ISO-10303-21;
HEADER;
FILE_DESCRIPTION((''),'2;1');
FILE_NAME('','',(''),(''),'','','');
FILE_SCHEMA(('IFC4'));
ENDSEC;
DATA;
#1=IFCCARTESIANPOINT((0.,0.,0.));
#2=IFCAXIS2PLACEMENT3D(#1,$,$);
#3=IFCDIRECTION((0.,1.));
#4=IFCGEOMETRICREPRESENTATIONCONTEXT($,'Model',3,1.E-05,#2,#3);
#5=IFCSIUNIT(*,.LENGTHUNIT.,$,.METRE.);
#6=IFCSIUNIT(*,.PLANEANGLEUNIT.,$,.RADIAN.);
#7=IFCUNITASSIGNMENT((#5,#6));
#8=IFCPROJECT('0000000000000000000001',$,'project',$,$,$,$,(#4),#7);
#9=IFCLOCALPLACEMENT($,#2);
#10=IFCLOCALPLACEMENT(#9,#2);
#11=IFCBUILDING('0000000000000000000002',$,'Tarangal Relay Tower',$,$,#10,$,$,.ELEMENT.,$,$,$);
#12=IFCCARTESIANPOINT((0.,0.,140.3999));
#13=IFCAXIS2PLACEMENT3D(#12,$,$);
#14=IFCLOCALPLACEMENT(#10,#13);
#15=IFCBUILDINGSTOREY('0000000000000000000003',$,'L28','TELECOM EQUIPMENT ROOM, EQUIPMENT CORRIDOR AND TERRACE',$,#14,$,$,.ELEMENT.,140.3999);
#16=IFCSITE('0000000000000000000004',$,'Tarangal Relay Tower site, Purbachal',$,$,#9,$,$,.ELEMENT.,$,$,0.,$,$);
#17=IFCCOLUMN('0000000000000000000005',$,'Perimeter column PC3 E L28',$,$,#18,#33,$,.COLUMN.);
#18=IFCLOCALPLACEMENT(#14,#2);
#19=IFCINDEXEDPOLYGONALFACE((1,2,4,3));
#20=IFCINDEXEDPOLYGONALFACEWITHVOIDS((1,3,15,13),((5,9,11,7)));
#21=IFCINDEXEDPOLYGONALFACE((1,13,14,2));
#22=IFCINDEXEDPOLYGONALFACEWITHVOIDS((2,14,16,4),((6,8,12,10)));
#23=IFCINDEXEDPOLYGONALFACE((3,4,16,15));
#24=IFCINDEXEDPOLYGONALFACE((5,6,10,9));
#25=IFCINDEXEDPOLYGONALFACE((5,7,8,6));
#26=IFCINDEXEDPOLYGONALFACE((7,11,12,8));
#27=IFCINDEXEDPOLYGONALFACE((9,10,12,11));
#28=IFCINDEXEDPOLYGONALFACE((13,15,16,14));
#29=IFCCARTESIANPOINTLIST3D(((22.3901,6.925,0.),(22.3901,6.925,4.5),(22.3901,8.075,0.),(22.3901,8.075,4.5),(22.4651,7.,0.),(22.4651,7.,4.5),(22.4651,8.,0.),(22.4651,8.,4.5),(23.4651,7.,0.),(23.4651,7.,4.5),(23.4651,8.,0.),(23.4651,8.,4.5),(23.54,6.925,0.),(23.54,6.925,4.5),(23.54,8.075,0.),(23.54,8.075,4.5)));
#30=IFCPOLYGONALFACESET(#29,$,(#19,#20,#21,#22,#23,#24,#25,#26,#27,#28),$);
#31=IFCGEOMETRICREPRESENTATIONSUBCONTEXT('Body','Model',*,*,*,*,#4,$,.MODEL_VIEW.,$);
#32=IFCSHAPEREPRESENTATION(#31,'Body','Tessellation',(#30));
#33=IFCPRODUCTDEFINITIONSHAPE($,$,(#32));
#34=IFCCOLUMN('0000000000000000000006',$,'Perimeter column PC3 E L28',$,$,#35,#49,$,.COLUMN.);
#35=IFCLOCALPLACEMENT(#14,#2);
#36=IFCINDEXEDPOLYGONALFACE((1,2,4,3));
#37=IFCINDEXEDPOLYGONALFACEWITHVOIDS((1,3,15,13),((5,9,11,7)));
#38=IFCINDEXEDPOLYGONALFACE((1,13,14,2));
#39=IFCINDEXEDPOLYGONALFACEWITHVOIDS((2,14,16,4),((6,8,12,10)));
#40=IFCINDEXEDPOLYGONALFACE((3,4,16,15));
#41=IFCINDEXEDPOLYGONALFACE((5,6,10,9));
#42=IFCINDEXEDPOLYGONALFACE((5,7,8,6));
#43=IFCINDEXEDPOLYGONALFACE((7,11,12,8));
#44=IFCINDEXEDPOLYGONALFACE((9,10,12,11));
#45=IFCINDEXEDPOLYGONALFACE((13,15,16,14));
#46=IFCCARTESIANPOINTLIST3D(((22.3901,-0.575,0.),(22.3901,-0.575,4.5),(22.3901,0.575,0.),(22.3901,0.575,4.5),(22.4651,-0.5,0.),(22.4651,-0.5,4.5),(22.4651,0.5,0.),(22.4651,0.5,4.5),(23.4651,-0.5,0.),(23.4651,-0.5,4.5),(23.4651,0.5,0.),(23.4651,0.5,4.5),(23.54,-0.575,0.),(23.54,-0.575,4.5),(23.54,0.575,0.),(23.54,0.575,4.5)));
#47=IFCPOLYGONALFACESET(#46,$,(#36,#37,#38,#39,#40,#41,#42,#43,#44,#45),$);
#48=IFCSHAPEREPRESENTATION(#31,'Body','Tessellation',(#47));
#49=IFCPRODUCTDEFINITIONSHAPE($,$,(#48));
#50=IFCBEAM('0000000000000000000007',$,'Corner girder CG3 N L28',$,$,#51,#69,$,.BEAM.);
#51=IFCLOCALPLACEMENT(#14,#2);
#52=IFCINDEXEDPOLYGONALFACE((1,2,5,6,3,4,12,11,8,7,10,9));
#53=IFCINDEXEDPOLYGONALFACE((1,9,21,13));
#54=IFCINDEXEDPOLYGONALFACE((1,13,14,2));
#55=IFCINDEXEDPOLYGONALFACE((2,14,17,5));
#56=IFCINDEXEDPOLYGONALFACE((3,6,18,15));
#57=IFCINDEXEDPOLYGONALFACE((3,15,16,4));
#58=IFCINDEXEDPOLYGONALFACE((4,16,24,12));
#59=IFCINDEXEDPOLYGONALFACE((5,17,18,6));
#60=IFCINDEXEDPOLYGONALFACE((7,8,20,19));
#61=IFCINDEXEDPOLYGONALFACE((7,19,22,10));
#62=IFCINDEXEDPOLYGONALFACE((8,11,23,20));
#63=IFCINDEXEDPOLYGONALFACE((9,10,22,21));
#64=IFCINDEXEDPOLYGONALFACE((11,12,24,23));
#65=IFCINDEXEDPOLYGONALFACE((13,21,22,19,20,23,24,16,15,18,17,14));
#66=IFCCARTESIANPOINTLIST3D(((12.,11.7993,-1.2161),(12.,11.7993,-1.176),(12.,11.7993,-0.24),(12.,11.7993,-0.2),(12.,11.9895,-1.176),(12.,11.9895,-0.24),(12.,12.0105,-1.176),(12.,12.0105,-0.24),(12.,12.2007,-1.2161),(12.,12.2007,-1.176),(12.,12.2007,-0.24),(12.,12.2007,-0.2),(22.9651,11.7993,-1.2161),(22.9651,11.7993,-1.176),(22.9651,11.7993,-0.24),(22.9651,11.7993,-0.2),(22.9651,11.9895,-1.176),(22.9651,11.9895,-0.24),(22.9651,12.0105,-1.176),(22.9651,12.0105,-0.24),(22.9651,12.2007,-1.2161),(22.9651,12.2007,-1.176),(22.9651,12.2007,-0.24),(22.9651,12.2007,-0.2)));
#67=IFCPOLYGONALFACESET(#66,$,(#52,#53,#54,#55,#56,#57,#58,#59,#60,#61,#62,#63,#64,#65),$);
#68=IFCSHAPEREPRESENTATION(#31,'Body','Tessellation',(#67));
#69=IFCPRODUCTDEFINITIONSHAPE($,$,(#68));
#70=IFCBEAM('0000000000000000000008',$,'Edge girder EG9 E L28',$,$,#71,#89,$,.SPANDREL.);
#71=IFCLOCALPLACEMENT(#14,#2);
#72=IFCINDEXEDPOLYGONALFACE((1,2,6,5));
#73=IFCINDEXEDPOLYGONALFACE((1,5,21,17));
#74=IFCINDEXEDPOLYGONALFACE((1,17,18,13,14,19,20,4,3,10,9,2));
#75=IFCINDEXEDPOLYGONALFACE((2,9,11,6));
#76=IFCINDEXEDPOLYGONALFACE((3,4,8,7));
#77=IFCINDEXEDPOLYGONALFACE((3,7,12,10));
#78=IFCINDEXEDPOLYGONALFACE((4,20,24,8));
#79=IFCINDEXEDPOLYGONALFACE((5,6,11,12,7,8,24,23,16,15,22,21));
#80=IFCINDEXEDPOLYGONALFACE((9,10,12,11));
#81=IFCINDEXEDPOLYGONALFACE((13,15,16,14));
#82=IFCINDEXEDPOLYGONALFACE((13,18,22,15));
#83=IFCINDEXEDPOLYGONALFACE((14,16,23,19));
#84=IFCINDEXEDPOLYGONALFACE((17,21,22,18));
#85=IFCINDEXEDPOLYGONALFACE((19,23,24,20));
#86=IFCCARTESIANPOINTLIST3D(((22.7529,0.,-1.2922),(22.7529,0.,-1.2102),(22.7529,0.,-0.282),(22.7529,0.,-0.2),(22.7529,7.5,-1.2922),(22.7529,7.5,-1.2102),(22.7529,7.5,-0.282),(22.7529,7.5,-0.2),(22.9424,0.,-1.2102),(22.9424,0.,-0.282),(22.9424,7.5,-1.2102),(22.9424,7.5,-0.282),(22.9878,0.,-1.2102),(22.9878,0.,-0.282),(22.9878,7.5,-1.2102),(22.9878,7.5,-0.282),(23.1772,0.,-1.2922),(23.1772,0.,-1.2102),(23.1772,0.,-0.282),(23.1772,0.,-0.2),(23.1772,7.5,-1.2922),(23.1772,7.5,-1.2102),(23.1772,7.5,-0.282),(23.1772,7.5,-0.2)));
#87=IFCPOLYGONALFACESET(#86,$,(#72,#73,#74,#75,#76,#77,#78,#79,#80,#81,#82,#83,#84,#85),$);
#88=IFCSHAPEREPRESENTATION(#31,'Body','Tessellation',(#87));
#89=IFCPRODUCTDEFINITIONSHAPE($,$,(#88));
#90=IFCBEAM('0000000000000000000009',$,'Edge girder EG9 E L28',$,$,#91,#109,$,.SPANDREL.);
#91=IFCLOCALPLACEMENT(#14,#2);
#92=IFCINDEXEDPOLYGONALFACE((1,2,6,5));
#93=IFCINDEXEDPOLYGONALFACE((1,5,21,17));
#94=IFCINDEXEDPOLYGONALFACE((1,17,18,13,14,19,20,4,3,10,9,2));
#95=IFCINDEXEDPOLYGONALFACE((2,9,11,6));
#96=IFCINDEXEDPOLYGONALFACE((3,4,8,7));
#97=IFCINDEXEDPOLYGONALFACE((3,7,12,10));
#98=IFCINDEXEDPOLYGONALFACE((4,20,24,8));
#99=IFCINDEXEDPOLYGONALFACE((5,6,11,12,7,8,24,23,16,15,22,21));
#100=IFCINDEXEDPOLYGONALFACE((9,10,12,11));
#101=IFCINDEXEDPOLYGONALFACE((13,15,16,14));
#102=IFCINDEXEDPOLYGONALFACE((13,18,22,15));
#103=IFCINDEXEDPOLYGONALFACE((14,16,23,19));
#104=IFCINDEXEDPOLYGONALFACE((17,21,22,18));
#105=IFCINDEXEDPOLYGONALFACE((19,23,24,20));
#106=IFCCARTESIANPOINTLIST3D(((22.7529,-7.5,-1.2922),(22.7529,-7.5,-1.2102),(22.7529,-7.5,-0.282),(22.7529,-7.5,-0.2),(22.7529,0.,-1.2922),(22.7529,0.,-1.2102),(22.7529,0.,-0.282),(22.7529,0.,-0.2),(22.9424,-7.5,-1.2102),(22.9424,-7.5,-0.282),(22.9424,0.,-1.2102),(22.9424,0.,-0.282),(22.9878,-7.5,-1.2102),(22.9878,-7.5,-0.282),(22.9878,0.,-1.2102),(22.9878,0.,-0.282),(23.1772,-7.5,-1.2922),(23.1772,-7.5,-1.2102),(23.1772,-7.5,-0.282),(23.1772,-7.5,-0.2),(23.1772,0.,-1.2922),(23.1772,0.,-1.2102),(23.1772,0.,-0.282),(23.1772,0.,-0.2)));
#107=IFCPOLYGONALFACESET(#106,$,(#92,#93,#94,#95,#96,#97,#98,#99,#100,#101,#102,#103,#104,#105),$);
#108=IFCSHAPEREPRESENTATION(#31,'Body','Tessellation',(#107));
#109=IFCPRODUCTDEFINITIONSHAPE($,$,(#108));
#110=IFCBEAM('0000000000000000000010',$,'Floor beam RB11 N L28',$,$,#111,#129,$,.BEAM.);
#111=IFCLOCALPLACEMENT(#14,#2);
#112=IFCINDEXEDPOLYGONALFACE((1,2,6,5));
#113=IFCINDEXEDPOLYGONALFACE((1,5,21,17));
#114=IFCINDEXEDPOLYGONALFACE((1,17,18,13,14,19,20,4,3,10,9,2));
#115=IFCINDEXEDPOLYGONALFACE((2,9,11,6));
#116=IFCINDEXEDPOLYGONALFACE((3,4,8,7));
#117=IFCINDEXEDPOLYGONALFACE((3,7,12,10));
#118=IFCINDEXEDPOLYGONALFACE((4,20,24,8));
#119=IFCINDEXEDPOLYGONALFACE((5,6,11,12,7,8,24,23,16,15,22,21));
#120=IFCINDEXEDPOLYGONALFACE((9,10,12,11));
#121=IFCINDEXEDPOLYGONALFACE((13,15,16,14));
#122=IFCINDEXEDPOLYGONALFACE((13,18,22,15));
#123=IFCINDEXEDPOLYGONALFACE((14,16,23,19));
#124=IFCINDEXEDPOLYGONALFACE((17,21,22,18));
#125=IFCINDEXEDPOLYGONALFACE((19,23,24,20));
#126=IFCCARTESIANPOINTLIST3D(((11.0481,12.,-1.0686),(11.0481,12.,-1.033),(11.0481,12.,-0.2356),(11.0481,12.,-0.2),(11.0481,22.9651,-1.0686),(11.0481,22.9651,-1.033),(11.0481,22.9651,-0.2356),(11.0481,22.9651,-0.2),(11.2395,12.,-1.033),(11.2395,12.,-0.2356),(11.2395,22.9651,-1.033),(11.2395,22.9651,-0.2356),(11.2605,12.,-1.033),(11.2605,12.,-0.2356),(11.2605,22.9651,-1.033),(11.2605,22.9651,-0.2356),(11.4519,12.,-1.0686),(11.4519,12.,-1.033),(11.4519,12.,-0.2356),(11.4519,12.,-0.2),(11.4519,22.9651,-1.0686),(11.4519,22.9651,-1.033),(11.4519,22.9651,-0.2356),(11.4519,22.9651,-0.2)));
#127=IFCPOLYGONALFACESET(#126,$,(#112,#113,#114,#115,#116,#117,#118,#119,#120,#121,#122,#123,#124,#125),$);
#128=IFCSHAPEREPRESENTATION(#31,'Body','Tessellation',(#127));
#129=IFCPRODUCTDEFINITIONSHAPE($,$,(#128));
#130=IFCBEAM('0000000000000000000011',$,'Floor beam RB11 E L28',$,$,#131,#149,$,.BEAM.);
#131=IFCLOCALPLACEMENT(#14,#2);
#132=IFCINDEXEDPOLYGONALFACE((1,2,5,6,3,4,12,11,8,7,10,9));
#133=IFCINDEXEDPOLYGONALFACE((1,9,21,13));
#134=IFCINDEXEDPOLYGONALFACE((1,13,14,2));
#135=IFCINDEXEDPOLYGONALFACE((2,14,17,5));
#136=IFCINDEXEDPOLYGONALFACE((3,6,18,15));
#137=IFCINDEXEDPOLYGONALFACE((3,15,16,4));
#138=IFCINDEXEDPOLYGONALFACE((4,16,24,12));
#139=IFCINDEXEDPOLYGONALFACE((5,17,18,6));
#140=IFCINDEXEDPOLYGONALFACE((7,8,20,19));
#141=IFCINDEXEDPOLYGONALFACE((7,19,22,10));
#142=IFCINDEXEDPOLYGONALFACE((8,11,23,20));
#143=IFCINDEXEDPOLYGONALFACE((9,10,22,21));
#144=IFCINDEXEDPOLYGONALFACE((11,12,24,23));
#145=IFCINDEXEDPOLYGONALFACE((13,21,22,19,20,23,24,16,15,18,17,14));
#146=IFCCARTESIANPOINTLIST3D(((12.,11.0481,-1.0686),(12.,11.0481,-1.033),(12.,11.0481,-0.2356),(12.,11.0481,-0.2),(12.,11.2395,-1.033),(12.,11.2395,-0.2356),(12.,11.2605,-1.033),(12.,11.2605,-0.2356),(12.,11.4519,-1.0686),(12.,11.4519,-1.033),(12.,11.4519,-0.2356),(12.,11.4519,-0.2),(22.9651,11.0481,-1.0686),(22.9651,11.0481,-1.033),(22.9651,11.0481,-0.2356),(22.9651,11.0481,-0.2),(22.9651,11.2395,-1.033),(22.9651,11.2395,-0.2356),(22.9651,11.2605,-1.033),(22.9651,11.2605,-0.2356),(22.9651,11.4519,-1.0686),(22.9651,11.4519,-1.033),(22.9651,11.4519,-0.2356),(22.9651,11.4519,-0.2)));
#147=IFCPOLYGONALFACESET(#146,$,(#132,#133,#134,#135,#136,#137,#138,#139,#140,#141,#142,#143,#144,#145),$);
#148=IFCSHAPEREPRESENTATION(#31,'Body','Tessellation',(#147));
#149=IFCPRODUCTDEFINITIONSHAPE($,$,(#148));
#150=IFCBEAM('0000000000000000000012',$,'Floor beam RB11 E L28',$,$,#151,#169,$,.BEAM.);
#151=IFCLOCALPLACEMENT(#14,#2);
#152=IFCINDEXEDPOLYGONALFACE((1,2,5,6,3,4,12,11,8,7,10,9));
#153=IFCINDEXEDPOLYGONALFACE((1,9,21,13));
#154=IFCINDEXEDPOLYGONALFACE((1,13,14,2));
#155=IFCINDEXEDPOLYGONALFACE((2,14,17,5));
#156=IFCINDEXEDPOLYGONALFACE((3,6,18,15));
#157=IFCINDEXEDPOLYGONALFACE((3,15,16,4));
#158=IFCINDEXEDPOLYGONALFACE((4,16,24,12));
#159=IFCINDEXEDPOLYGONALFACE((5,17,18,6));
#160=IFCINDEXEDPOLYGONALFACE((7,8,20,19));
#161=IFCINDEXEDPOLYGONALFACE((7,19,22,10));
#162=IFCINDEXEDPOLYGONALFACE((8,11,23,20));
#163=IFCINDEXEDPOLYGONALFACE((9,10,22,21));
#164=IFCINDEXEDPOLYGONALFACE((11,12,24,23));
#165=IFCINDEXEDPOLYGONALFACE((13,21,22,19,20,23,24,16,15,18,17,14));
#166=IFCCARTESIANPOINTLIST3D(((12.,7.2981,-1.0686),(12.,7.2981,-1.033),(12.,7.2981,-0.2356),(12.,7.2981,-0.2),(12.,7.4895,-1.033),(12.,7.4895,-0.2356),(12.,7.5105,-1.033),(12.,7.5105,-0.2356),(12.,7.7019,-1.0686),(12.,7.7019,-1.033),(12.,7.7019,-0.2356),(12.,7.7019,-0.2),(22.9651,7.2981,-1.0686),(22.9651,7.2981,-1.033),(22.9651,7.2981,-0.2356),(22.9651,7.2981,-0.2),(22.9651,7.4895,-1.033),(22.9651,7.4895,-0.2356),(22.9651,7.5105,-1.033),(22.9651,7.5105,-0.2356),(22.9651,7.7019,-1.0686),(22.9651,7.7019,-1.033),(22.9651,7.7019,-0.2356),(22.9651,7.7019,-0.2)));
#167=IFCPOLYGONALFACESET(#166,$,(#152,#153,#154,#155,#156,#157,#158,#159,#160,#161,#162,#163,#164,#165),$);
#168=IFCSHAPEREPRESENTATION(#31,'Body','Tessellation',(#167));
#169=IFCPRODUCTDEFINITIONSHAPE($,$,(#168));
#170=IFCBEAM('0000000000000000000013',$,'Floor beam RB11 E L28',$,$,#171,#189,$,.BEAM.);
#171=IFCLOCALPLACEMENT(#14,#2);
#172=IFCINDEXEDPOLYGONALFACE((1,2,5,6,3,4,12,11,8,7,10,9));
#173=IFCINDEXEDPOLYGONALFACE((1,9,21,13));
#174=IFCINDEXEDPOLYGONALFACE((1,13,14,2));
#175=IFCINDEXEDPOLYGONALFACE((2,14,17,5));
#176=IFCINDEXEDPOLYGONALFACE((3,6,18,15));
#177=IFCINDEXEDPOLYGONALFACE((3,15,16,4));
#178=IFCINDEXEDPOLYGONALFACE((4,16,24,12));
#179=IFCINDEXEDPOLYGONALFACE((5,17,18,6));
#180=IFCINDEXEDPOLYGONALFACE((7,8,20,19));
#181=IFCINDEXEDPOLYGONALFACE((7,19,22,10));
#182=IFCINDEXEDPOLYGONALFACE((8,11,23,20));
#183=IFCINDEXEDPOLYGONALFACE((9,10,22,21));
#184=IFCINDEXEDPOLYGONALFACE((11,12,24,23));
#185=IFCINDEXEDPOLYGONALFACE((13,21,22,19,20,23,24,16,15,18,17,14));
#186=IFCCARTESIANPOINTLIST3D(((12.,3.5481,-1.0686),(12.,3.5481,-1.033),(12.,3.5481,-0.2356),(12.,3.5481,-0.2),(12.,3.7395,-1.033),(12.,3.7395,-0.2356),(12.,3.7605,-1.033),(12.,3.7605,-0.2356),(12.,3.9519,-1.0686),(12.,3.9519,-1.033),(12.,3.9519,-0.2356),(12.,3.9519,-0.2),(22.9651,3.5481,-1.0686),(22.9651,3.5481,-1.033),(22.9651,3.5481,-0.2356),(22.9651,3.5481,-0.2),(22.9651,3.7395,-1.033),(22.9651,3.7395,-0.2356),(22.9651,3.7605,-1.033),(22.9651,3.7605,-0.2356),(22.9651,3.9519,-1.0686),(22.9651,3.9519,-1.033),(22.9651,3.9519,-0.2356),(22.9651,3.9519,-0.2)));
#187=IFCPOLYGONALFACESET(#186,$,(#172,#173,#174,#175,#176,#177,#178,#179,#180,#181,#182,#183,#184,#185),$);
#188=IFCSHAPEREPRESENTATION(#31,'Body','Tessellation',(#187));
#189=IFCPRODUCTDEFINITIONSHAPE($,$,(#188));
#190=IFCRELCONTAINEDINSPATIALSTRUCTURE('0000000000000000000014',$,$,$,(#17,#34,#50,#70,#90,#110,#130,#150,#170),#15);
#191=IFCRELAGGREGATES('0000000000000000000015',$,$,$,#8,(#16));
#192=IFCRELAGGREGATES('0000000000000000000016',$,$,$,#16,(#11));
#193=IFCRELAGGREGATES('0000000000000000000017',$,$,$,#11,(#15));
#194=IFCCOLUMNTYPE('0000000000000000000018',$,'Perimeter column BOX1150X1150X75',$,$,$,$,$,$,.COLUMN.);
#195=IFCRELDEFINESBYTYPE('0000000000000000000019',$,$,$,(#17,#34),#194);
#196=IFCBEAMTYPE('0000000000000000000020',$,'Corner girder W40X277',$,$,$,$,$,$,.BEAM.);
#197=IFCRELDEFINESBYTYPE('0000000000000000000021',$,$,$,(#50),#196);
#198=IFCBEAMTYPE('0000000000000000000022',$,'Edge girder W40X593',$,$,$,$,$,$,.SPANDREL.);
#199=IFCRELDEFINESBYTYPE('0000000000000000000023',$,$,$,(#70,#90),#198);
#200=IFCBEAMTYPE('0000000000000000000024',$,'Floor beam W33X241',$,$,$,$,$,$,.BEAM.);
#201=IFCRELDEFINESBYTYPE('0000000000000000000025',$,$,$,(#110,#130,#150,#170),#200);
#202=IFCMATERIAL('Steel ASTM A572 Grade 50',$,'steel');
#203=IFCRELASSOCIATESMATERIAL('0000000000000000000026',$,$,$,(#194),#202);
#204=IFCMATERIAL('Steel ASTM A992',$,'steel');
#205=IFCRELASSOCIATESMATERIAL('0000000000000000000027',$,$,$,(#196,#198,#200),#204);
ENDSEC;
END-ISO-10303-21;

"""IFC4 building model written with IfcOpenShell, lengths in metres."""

from ifc_helpers import new_model, si_unit, direction, frame, origin, origin_2d, place, context, subcontext, project, spatial, hollow_rectangle, i_section, extrude, material, material_profile, profile_set, type_object, element, save


model = new_model("IFC4")

# Units and contexts
model_context = context("Model", 3, precision=1e-05, world=origin(), true_north=direction((0.0, 1.0)))
body_context = subcontext(model_context, "Body", "Model", "MODEL_VIEW")
ifc_project = project(units=[si_unit("LENGTHUNIT", "METRE"), si_unit("PLANEANGLEUNIT", "RADIAN")], contexts=[model_context])

# Site, building, storey
site_placement = place(None, origin())
site = spatial("IfcSite", under=ifc_project, at=site_placement, Name="Tarangal Relay Tower site, Purbachal", CompositionType="ELEMENT", RefElevation=0.0)
building_placement = place(site_placement, origin())
building = spatial("IfcBuilding", under=site, at=building_placement, Name="Tarangal Relay Tower", CompositionType="ELEMENT")
storey_placement = place(building_placement, frame((0.0, 0.0, 140.3999)))
storey = spatial("IfcBuildingStorey", under=building, at=storey_placement, Name="L28", Description="TELECOM EQUIPMENT ROOM, EQUIPMENT CORRIDOR AND TERRACE", CompositionType="ELEMENT", Elevation=140.3999)

# Columns
ifc_material_1 = material(Name="Steel ASTM A572 Grade 50", Category="steel")
ifc_material_profile_1 = material_profile(ifc_material_1, hollow_rectangle(XDim=1.1499, YDim=1.1499, WallThickness=0.075, at=origin_2d()), Name="BOX1150X1150X75")
ifc_profile_set_1 = profile_set([ifc_material_profile_1], Name="Steel ASTM A572 Grade 50")
column_type = type_object("IfcColumnType", Name="Perimeter column BOX1150X1150X75", PredefinedType="COLUMN", material=ifc_profile_set_1)
for number, where, z_axis, x_axis, name in (
    (1, (22.9651, 7.5, 0.0), (0.0, 0.0, 1.0), (1.0, 0.0, 0.0), "Perimeter column PC3 E L28"),
    (2, (22.9651, 0.0, 0.0), (0.0, 0.0, 1.0), (1.0, 0.0, 0.0), "Perimeter column PC3 E L28"),
):
    element("IfcColumn", number, at=place(storey_placement, frame(where, z_axis=z_axis, x_axis=x_axis)), inside=storey, type_object=column_type, Name=name, PredefinedType="COLUMN", context=body_context, shape_type="SweptSolid", body=[
        extrude(hollow_rectangle(XDim=1.1499, YDim=1.1499, WallThickness=0.075, at=origin_2d()), origin(), (0.0, 0.0, 1.0), 4.5),
    ])

# Beams
ifc_material_2 = material(Name="Steel ASTM A992", Category="steel")
ifc_material_profile_2 = material_profile(ifc_material_2, i_section(OverallWidth=0.4014, OverallDepth=1.0161, WebThickness=0.021, FlangeThickness=0.04, at=origin_2d()), Name="W40X277")
ifc_profile_set_2 = profile_set([ifc_material_profile_2], Name="Steel ASTM A992")
beam_type_1 = type_object("IfcBeamType", Name="Corner girder W40X277", PredefinedType="BEAM", material=ifc_profile_set_2)
beam_placement = place(storey_placement, frame((12.0, 12.0, -0.708), z_axis=(1.0, 0.0, 0.0), x_axis=(0.0, 1.0, 0.0)))
element("IfcBeam", 3, at=beam_placement, inside=storey, type_object=beam_type_1, Name="Corner girder CG3 N L28", PredefinedType="BEAM", context=body_context, shape_type="SweptSolid", body=[
    extrude(i_section(OverallWidth=0.4014, OverallDepth=1.0161, WebThickness=0.021, FlangeThickness=0.04, at=origin_2d()), origin(), (0.0, 0.0, 1.0), 10.9651),
])
ifc_material_profile_3 = material_profile(ifc_material_2, i_section(OverallWidth=0.4243, OverallDepth=1.0923, WebThickness=0.0454, FlangeThickness=0.082, at=origin_2d()), Name="W40X593")
ifc_profile_set_3 = profile_set([ifc_material_profile_3], Name="Steel ASTM A992")
beam_type_2 = type_object("IfcBeamType", Name="Edge girder W40X593", PredefinedType="SPANDREL", material=ifc_profile_set_3)
for number, where, z_axis, x_axis, name in (
    (4, (22.9651, 7.5, -0.7461), (0.0, -1.0, 0.0), (1.0, 0.0, 0.0), "Edge girder EG9 E L28"),
    (5, (22.9651, 0.0, -0.7461), (0.0, -1.0, 0.0), (1.0, 0.0, 0.0), "Edge girder EG9 E L28"),
):
    element("IfcBeam", number, at=place(storey_placement, frame(where, z_axis=z_axis, x_axis=x_axis)), inside=storey, type_object=beam_type_2, Name=name, PredefinedType="SPANDREL", context=body_context, shape_type="SweptSolid", body=[
        extrude(i_section(OverallWidth=0.4243, OverallDepth=1.0923, WebThickness=0.0454, FlangeThickness=0.082, at=origin_2d()), origin(), (0.0, 0.0, 1.0), 7.5),
    ])
ifc_material_profile_4 = material_profile(ifc_material_2, i_section(OverallWidth=0.4038, OverallDepth=0.8687, WebThickness=0.021, FlangeThickness=0.0356, at=origin_2d()), Name="W33X241")
ifc_profile_set_4 = profile_set([ifc_material_profile_4], Name="Steel ASTM A992")
beam_type_3 = type_object("IfcBeamType", Name="Floor beam W33X241", PredefinedType="BEAM", material=ifc_profile_set_4)
for number, where, z_axis, x_axis, name in (
    (6, (11.25, 12.0, -0.6343), (0.0, 1.0, 0.0), (-1.0, 0.0, 0.0), "Floor beam RB11 N L28"),
    (7, (12.0, 11.25, -0.6343), (1.0, 0.0, 0.0), (0.0, 1.0, 0.0), "Floor beam RB11 E L28"),
    (8, (12.0, 7.5, -0.6343), (1.0, 0.0, 0.0), (0.0, 1.0, 0.0), "Floor beam RB11 E L28"),
    (9, (12.0, 3.75, -0.6343), (1.0, 0.0, 0.0), (0.0, 1.0, 0.0), "Floor beam RB11 E L28"),
):
    element("IfcBeam", number, at=place(storey_placement, frame(where, z_axis=z_axis, x_axis=x_axis)), inside=storey, type_object=beam_type_3, Name=name, PredefinedType="BEAM", context=body_context, shape_type="SweptSolid", body=[
        extrude(i_section(OverallWidth=0.4038, OverallDepth=0.8687, WebThickness=0.021, FlangeThickness=0.0356, at=origin_2d()), origin(), (0.0, 0.0, 1.0), 10.9651),
    ])

save(model, "model.ifc")
